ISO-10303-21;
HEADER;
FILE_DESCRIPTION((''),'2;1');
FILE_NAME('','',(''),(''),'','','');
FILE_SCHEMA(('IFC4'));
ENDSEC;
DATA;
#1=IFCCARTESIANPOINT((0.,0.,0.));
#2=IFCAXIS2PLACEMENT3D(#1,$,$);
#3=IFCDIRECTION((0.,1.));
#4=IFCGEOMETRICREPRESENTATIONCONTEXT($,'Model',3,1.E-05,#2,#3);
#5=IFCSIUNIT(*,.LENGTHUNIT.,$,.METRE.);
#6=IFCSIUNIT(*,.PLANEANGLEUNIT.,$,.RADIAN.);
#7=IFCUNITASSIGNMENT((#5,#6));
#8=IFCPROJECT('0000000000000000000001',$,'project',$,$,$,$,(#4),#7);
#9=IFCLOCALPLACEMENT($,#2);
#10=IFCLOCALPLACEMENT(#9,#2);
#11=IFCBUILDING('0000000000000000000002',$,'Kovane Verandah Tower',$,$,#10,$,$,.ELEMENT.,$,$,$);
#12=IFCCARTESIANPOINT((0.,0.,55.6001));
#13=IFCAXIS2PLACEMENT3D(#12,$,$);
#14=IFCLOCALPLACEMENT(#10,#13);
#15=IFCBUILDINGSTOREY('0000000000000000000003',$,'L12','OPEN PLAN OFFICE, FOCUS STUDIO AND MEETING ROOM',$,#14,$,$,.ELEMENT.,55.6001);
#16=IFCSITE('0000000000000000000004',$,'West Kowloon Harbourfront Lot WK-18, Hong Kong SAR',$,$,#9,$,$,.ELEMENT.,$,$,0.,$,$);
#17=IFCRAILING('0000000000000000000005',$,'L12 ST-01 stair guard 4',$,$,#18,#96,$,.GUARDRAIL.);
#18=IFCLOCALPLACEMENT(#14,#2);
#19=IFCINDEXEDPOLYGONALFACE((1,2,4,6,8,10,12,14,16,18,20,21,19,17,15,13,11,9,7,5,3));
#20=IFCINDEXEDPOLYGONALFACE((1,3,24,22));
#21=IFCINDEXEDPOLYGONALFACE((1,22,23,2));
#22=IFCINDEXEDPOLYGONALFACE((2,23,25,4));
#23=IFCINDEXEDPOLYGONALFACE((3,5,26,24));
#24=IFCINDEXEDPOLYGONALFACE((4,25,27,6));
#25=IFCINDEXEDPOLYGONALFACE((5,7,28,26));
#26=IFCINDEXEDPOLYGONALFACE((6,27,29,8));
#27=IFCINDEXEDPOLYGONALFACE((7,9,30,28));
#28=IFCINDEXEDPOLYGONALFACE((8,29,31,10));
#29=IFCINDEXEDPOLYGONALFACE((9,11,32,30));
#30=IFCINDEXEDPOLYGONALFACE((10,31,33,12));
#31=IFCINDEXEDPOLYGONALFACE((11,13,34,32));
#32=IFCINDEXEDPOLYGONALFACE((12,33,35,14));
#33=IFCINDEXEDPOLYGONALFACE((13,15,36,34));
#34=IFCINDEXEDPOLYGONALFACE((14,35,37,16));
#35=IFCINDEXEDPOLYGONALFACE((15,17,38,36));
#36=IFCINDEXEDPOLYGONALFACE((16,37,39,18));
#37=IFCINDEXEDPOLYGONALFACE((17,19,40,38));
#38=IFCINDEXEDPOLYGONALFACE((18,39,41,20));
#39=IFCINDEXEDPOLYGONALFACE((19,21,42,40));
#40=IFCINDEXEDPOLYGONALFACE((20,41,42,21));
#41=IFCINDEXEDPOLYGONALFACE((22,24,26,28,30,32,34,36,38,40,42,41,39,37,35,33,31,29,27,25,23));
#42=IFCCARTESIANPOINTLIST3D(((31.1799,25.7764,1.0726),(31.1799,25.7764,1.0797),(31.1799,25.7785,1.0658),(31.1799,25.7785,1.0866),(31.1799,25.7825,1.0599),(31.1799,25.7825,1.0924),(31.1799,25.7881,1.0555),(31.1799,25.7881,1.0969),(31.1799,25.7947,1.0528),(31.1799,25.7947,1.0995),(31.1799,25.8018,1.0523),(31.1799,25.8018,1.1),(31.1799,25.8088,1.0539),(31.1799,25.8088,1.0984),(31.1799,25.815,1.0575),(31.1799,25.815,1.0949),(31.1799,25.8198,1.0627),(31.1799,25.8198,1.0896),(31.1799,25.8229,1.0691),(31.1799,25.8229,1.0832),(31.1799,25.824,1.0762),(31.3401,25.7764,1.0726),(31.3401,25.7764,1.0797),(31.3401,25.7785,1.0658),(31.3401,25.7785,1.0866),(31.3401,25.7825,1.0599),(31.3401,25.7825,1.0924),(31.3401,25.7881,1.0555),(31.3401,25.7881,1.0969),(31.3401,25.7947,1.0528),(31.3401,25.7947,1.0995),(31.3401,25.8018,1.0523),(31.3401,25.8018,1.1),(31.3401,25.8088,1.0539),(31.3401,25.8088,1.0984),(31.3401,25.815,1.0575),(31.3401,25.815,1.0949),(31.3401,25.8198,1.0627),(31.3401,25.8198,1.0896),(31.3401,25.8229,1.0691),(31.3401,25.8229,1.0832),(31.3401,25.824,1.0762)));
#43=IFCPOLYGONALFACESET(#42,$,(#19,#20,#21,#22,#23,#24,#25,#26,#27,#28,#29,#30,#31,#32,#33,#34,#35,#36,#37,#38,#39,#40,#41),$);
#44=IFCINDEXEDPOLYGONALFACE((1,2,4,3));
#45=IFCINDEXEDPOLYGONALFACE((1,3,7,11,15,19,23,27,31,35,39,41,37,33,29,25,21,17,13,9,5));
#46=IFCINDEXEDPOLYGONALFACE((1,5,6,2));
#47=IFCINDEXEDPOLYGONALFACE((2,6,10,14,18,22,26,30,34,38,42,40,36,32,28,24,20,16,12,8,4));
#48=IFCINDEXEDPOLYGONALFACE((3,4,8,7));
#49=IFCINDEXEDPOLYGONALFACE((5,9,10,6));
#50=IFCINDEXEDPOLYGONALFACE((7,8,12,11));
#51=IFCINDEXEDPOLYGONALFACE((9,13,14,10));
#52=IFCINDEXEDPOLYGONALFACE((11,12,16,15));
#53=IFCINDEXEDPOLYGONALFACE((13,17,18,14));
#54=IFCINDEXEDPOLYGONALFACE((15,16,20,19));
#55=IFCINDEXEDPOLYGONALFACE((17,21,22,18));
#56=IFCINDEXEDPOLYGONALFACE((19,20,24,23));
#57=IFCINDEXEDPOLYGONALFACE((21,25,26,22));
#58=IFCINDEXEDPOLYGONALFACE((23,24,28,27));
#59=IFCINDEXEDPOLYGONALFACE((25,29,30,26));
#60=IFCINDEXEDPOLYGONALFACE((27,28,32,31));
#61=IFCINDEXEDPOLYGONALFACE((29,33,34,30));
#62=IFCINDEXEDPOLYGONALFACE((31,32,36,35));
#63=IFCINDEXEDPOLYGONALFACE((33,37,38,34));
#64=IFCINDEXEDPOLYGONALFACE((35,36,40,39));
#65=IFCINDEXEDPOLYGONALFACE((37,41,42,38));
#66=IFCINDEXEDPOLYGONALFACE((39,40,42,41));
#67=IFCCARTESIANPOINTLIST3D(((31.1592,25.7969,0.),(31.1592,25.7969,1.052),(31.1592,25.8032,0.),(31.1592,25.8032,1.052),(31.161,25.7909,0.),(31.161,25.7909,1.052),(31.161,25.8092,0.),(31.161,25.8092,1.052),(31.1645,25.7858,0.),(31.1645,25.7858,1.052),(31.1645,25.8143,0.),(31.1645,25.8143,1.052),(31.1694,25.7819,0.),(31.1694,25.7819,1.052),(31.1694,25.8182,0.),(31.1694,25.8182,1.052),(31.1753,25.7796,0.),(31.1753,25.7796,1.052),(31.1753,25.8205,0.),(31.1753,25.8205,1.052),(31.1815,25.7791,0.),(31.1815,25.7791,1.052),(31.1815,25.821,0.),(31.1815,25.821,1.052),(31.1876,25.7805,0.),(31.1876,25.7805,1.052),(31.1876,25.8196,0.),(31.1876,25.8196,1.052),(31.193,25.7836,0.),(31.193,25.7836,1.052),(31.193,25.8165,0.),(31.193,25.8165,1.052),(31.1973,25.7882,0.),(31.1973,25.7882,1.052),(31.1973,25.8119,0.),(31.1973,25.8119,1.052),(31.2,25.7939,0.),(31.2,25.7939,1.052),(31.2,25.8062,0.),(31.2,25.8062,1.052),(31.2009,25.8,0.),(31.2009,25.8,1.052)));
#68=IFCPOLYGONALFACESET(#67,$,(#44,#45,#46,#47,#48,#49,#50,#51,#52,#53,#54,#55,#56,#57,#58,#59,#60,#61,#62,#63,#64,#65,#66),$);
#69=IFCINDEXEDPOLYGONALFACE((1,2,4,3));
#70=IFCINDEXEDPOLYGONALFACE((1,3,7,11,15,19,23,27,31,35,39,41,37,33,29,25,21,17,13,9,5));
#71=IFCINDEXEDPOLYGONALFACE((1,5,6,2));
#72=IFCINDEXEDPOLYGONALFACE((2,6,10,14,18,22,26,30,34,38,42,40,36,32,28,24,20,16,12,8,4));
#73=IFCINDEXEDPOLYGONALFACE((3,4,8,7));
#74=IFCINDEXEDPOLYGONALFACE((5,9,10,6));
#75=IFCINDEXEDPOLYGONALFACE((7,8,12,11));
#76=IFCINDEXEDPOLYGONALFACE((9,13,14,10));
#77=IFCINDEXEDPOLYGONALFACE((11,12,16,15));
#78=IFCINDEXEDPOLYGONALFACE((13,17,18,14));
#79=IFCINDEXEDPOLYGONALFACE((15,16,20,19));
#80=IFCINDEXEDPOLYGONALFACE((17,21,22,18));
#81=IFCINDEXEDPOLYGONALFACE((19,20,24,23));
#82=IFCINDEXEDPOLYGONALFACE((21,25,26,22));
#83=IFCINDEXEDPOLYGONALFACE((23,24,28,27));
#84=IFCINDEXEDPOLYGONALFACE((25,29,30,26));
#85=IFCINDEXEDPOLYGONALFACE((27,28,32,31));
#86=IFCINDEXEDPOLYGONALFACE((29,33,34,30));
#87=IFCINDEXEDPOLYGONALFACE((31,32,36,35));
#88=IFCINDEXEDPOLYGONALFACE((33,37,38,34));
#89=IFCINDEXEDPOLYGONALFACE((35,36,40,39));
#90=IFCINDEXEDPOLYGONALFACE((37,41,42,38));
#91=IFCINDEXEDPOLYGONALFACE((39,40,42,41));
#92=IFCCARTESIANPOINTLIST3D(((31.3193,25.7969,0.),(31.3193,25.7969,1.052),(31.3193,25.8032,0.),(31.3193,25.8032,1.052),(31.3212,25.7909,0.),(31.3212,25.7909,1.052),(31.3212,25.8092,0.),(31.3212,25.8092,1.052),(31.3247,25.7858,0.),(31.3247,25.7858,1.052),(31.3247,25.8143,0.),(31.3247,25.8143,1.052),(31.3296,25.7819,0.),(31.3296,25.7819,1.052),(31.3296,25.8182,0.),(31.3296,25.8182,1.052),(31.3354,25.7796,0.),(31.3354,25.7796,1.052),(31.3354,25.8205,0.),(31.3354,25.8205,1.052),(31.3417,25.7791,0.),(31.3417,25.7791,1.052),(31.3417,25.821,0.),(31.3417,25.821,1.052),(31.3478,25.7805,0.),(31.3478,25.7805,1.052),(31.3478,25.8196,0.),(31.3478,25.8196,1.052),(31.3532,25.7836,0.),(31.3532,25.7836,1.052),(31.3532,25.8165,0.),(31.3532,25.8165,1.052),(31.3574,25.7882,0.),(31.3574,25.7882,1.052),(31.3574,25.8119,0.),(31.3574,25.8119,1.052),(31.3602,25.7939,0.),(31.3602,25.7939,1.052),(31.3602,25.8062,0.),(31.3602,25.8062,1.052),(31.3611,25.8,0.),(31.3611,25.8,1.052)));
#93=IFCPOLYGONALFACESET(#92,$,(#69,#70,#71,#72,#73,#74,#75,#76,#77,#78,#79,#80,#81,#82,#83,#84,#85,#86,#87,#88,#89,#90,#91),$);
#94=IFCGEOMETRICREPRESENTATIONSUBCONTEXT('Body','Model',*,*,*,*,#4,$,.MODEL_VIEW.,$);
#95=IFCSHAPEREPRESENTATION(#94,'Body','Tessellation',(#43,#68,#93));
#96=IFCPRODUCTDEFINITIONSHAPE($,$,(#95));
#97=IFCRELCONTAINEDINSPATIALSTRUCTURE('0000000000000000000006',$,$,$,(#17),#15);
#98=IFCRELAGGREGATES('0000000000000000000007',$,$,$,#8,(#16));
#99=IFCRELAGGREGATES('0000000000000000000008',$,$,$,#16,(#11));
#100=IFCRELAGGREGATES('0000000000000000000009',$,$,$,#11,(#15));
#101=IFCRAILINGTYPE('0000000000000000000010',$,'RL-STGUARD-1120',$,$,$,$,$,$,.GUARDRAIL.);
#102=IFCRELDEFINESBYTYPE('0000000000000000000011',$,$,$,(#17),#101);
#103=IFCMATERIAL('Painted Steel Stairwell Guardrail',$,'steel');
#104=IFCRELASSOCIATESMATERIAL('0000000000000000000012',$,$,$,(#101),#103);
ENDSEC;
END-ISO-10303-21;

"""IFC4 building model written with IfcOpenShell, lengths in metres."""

from ifc_helpers import new_model, si_unit, direction, frame, origin, origin_2d, place, context, subcontext, project, spatial, circle, extrude, material, type_object, element, save


model = new_model("IFC4")

# Units and contexts
model_context = context("Model", 3, precision=1e-05, world=origin(), true_north=direction((0.0, 1.0)))
body_context = subcontext(model_context, "Body", "Model", "MODEL_VIEW")
ifc_project = project(units=[si_unit("LENGTHUNIT", "METRE"), si_unit("PLANEANGLEUNIT", "RADIAN")], contexts=[model_context])

# Site, building, storey
site_placement = place(None, origin())
site = spatial("IfcSite", under=ifc_project, at=site_placement, Name="West Kowloon Harbourfront Lot WK-18, Hong Kong SAR", CompositionType="ELEMENT", RefElevation=0.0)
building_placement = place(site_placement, origin())
building = spatial("IfcBuilding", under=site, at=building_placement, Name="Kovane Verandah Tower", CompositionType="ELEMENT")
storey_placement = place(building_placement, frame((0.0, 0.0, 55.6001)))
storey = spatial("IfcBuildingStorey", under=building, at=storey_placement, Name="L12", Description="OPEN PLAN OFFICE, FOCUS STUDIO AND MEETING ROOM", CompositionType="ELEMENT", Elevation=55.6001)

# Railing
ifc_material_1 = material(Name="Painted Steel Stairwell Guardrail", Category="steel")
railing_type_1 = type_object("IfcRailingType", Name="RL-STGUARD-1120", PredefinedType="GUARDRAIL", material=ifc_material_1)
railing_1_placement = place(storey_placement, frame((31.1799, 25.8, 0.0)))
element("IfcRailing", 1, at=railing_1_placement, inside=storey, type_object=railing_type_1, Name="L12 ST-01 stair guard 4", PredefinedType="GUARDRAIL", context=body_context, shape_type="SweptSolid", body=[
    extrude(circle(Radius=0.0239, at=origin_2d()), frame((0.0, 0.0, 1.0762), z_axis=(1.0, 0.0, 0.0), x_axis=(0.0, 1.0, 0.0)), (0.0, 0.0, 1.0), 0.1602),
    extrude(circle(Radius=0.021, at=origin_2d()), origin(), (0.0, 0.0, 1.0), 1.052),
    extrude(circle(Radius=0.021, at=origin_2d()), frame((0.1602, 0.0, 0.0)), (0.0, 0.0, 1.0), 1.052),
])

save(model, "model.ifc")
